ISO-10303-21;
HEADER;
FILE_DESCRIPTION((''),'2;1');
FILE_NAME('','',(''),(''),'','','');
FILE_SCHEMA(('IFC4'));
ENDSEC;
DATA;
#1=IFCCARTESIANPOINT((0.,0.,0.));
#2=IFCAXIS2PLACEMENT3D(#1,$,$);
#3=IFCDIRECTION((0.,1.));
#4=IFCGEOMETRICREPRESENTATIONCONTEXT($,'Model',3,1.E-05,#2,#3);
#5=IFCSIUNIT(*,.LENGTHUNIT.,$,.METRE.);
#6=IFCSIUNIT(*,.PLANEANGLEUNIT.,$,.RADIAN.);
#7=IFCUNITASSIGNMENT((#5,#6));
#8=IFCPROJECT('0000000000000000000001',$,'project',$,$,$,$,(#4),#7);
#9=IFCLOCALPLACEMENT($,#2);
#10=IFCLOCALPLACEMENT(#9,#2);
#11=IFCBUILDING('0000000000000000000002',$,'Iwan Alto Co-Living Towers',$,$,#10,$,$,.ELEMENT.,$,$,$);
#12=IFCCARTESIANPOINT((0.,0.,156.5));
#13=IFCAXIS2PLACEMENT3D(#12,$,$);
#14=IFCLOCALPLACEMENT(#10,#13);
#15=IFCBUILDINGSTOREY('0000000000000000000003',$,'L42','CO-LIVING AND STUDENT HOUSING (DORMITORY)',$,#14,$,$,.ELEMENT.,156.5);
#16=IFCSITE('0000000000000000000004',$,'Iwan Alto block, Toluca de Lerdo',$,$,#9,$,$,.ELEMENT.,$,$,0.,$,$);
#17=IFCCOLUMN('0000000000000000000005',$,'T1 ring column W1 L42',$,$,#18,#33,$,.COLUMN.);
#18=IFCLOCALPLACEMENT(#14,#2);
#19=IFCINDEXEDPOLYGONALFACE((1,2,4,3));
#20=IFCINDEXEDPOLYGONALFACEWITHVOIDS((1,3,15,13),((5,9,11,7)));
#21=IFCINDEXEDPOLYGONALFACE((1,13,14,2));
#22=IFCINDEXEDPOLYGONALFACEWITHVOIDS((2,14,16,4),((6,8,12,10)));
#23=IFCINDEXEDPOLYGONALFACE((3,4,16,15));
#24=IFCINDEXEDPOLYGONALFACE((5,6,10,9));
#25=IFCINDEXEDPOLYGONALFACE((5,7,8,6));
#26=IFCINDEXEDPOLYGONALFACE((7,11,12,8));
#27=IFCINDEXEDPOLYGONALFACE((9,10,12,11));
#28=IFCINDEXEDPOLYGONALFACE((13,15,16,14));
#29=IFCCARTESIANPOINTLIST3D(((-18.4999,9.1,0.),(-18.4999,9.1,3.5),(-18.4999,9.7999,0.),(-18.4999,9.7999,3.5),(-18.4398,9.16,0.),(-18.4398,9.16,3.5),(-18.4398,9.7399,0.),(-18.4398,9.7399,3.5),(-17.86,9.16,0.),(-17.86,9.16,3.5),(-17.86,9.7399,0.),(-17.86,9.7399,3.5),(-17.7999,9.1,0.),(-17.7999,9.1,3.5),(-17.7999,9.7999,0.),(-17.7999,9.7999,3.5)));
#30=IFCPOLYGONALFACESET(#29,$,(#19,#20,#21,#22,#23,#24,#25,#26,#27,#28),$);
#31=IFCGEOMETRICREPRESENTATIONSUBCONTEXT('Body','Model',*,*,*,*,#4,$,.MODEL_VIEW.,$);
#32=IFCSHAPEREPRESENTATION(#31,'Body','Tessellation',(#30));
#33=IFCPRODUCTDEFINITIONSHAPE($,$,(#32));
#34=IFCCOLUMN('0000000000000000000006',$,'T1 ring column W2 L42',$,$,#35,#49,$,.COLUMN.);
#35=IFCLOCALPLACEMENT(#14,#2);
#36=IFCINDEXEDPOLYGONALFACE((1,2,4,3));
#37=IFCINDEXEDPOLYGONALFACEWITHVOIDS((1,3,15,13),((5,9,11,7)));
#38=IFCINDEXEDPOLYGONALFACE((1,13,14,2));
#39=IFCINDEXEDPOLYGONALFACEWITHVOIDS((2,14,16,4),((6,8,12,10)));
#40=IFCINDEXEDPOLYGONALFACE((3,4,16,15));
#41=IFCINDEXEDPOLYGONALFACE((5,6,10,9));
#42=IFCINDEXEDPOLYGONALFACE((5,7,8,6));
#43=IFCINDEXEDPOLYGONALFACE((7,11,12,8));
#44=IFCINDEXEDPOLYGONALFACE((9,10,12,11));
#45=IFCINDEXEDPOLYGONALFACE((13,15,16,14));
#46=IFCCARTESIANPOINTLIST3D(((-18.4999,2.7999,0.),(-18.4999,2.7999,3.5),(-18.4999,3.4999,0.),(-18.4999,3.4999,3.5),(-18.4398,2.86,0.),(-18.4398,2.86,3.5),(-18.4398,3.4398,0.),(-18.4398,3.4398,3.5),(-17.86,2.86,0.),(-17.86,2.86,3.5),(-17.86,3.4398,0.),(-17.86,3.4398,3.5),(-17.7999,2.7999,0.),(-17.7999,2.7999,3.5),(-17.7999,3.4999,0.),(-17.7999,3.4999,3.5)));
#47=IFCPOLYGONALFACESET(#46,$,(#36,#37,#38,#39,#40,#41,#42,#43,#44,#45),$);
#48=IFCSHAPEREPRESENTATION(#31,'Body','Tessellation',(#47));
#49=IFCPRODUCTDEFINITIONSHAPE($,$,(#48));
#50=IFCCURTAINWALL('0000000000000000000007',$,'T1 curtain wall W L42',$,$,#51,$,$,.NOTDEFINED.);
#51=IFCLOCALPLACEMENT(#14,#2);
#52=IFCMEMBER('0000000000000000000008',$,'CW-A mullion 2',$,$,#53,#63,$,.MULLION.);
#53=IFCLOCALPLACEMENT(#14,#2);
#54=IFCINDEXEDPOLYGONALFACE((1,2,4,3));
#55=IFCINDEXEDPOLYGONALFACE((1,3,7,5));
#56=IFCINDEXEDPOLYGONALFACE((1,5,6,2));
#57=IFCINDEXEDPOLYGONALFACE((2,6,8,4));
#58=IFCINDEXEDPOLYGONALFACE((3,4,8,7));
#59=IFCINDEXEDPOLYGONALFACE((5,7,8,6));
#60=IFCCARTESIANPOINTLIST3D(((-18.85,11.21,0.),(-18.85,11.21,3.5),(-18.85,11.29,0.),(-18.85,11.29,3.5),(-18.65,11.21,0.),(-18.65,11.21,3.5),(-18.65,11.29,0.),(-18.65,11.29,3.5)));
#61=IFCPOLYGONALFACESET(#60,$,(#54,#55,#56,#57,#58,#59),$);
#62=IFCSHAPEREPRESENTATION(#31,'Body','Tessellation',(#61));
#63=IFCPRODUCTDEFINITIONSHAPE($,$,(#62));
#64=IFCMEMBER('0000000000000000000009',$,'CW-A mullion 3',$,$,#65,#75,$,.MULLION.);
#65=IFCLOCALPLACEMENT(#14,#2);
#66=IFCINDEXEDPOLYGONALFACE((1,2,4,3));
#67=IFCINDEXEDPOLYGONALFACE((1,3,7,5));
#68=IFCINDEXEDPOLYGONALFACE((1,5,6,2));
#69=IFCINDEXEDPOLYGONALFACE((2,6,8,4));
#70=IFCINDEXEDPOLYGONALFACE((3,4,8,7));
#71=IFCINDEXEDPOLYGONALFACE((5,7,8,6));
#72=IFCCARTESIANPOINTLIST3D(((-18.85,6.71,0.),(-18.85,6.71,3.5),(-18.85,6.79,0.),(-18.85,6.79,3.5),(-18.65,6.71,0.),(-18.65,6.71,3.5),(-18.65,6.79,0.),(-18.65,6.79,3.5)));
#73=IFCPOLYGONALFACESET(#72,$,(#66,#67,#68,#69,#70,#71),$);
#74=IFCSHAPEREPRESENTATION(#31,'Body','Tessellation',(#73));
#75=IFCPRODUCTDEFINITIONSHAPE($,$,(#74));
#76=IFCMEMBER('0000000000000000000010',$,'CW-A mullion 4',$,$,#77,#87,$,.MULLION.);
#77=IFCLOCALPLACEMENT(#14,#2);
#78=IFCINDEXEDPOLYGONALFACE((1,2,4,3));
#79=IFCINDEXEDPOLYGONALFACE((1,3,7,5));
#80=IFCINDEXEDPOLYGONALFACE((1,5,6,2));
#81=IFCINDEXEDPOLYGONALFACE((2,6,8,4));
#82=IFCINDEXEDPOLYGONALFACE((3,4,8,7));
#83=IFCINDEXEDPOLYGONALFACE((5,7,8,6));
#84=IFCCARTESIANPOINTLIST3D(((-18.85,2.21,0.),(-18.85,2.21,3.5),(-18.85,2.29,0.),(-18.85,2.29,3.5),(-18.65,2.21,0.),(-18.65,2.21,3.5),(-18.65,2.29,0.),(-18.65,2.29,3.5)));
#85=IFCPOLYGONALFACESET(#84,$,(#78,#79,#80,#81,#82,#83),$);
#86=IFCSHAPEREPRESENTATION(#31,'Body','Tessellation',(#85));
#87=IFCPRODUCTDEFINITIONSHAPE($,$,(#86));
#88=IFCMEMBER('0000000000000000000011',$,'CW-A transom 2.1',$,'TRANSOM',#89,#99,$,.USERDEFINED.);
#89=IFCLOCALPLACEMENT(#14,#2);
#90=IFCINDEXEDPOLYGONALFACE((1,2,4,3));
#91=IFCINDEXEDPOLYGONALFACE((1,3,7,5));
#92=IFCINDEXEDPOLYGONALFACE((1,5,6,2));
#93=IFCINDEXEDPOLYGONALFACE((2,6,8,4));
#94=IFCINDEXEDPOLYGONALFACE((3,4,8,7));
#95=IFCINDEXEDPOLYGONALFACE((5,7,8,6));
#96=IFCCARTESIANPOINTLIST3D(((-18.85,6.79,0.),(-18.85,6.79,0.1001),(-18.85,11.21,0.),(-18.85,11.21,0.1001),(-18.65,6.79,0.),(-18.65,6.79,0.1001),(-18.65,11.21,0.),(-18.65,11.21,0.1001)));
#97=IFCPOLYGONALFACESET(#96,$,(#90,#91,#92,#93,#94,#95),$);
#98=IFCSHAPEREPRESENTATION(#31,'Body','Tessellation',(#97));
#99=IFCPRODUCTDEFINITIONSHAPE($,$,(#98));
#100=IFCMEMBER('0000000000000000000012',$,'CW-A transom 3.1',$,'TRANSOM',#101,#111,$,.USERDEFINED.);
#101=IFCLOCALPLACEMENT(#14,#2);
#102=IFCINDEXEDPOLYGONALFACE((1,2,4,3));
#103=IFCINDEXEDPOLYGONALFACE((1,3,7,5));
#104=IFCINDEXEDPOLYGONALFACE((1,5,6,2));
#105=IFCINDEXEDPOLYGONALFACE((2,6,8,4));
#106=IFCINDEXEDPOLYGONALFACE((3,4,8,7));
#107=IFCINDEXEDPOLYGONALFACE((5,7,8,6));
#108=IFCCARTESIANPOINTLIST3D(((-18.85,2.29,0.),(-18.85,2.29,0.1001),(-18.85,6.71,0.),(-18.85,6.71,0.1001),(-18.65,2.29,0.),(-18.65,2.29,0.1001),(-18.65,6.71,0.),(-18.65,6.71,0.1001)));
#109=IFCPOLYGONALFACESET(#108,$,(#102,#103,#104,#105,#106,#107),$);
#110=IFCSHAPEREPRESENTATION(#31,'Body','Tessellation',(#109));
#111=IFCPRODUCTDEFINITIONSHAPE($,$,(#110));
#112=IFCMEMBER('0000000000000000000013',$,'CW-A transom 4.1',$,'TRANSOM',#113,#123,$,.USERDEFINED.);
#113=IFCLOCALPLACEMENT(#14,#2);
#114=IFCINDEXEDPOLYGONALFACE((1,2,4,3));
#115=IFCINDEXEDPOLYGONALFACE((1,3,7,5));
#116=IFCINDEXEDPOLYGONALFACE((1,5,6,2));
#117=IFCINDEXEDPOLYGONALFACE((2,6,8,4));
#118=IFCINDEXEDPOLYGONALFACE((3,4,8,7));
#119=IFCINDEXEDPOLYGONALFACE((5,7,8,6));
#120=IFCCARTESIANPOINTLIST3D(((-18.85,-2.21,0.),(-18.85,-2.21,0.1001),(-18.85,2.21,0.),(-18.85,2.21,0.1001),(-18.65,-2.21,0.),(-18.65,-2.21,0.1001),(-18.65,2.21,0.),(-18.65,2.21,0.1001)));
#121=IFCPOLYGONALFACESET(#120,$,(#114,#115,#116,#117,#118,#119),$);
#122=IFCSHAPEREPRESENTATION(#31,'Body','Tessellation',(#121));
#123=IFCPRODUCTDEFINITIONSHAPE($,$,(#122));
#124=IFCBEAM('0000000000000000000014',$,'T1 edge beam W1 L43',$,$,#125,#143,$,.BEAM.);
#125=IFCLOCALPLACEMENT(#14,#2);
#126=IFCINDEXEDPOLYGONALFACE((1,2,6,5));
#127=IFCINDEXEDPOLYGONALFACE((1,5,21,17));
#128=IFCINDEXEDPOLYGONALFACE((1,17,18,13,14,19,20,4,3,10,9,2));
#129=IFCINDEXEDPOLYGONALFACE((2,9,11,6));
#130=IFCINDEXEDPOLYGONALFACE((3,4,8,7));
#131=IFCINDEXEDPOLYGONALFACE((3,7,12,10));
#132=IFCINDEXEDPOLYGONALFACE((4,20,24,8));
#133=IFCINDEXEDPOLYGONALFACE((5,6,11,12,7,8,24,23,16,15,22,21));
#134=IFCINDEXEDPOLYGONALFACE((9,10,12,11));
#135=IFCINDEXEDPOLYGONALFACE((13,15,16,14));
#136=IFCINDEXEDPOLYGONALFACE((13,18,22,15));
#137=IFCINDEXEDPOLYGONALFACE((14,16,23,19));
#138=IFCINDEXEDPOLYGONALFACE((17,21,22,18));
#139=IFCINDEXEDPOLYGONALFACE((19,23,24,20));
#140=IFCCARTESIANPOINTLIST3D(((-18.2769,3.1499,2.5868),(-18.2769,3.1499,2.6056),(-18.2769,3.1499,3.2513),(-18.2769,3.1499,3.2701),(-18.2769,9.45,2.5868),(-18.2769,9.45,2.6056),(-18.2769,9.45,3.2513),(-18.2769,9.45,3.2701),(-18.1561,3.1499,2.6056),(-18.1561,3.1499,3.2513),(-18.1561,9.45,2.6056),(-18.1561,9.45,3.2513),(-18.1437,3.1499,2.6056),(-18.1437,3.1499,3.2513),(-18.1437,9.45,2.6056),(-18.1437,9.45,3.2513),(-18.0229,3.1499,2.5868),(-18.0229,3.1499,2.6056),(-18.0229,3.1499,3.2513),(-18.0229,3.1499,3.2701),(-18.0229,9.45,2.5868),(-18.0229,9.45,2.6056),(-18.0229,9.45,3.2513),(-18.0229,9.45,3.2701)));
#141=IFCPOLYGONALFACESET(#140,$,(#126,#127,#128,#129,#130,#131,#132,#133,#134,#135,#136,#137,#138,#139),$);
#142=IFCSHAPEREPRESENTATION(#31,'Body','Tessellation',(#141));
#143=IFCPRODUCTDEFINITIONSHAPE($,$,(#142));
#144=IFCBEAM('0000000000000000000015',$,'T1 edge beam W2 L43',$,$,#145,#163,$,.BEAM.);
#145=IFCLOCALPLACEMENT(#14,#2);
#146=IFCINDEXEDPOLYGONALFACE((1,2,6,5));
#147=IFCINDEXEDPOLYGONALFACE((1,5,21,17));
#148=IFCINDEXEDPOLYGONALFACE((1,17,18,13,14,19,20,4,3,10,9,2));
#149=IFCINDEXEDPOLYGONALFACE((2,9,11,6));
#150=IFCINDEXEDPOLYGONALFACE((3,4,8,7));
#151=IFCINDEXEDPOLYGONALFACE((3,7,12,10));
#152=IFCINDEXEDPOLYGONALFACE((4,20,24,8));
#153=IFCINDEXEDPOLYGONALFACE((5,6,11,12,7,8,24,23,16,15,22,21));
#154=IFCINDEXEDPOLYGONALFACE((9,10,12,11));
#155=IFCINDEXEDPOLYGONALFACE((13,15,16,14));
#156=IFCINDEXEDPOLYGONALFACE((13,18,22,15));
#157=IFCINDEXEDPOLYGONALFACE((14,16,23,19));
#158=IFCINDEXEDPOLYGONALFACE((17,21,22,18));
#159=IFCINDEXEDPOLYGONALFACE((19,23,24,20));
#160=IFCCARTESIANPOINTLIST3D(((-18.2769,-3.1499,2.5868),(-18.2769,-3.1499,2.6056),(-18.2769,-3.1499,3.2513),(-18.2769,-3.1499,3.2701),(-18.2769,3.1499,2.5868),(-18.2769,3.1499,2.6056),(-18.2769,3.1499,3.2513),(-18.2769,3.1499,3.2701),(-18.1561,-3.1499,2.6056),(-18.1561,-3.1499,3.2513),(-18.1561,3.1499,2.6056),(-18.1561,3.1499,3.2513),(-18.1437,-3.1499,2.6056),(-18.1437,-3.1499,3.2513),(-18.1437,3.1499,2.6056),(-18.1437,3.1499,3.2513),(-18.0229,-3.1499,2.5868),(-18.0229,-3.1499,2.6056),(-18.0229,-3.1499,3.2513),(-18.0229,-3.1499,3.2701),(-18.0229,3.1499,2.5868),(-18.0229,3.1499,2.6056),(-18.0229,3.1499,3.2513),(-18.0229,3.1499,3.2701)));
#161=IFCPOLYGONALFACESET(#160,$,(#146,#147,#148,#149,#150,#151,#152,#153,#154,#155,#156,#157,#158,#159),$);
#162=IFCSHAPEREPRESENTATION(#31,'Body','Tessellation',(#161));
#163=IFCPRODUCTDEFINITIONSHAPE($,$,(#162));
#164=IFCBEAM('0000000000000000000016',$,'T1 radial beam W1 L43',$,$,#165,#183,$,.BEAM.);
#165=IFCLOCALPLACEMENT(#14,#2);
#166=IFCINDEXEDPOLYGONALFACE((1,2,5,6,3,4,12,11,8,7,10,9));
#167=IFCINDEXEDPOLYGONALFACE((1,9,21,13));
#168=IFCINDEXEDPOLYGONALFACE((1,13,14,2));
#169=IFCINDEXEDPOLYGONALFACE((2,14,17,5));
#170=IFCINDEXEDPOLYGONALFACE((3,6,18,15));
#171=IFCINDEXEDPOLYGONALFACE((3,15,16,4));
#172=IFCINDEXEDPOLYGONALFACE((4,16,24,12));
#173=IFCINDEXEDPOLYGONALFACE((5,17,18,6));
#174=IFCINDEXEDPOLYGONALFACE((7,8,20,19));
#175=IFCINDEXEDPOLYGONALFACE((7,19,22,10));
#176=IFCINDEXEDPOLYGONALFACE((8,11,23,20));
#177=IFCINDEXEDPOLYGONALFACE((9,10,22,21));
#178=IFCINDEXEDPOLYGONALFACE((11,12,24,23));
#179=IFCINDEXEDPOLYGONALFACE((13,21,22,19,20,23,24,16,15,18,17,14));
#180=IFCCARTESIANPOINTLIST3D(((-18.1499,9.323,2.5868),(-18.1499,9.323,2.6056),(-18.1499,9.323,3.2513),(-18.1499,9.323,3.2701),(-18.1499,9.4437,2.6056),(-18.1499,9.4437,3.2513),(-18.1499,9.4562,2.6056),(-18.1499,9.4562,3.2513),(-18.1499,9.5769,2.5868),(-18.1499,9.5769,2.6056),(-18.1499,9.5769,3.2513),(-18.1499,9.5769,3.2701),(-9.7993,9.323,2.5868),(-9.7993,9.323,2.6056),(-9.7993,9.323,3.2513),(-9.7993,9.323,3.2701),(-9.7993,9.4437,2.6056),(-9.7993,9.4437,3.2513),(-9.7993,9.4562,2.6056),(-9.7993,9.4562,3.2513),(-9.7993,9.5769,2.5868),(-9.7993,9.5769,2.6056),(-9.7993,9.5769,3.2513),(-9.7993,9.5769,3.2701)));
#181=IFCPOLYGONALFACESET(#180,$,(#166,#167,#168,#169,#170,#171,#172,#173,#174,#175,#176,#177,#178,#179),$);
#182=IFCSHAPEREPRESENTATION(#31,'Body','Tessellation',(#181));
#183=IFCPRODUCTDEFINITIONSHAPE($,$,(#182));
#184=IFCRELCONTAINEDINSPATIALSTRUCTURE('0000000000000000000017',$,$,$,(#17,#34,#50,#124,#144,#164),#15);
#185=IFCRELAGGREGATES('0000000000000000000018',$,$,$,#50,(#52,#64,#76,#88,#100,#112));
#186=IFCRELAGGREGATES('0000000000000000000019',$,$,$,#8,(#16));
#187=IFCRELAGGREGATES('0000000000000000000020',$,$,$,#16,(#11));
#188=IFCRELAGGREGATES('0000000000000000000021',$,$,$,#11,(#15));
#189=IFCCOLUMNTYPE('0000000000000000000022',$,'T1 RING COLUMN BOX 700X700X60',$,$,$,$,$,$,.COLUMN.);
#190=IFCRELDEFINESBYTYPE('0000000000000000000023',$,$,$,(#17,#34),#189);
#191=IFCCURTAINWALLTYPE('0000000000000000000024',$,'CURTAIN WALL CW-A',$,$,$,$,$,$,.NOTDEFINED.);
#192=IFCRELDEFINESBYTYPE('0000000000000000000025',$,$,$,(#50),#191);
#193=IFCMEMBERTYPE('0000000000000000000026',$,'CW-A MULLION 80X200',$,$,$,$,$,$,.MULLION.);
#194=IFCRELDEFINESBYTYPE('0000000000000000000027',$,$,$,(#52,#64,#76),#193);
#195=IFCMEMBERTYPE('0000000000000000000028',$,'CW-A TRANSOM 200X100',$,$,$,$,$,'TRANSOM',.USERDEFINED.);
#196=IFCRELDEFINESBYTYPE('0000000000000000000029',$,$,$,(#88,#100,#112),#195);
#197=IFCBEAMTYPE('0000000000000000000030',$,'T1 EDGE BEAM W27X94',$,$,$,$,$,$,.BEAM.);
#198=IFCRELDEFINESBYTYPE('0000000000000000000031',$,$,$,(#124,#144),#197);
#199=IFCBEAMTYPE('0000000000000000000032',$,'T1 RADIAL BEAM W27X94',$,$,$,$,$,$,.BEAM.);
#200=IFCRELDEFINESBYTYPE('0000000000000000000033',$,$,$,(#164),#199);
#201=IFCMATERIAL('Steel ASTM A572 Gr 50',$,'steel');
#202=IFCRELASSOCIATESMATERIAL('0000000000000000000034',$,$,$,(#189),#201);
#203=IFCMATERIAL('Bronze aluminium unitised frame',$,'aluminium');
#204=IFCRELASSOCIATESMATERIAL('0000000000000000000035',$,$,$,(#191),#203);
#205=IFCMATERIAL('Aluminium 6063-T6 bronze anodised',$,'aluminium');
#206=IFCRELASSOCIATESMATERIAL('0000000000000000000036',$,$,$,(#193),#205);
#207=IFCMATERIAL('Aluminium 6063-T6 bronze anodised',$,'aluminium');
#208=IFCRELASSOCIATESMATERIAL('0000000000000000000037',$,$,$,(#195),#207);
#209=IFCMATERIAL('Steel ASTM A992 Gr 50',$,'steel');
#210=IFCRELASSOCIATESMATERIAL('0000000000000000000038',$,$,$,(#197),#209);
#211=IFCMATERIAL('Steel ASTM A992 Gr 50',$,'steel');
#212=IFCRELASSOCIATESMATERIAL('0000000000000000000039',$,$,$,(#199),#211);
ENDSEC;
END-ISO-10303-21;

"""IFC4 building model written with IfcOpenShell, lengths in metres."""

from ifc_helpers import new_model, si_unit, direction, frame, origin, origin_2d, place, context, subcontext, project, spatial, rectangle, hollow_rectangle, i_section, extrude, material, material_profile, profile_set, type_object, element, aggregate, save


model = new_model("IFC4")

# Units and contexts
model_context = context("Model", 3, precision=1e-05, world=origin(), true_north=direction((0.0, 1.0)))
body_context = subcontext(model_context, "Body", "Model", "MODEL_VIEW")
ifc_project = project(units=[si_unit("LENGTHUNIT", "METRE"), si_unit("PLANEANGLEUNIT", "RADIAN")], contexts=[model_context])

# Site, building, storey
site_placement = place(None, origin())
site = spatial("IfcSite", under=ifc_project, at=site_placement, Name="Iwan Alto block, Toluca de Lerdo", CompositionType="ELEMENT", RefElevation=0.0)
building_placement = place(site_placement, origin())
building = spatial("IfcBuilding", under=site, at=building_placement, Name="Iwan Alto Co-Living Towers", CompositionType="ELEMENT")
storey_placement = place(building_placement, frame((0.0, 0.0, 156.5)))
storey = spatial("IfcBuildingStorey", under=building, at=storey_placement, Name="L42", Description="CO-LIVING AND STUDENT HOUSING (DORMITORY)", CompositionType="ELEMENT", Elevation=156.5)

# Columns
ifc_material_1 = material(Name="Steel ASTM A572 Gr 50", Category="steel")
ifc_material_profile_1 = material_profile(ifc_material_1, hollow_rectangle(XDim=0.7, YDim=0.7, WallThickness=0.0601, at=origin_2d()), Name="BOX 700X700X60")
ifc_profile_set_1 = profile_set([ifc_material_profile_1], Name="Steel ASTM A572 Gr 50")
column_type = type_object("IfcColumnType", Name="T1 RING COLUMN BOX 700X700X60", PredefinedType="COLUMN", material=ifc_profile_set_1)
for number, where, z_axis, x_axis, name in (
    (1, (-18.1499, 9.45, 0.0), (0.0, 0.0, 1.0), (1.0, 0.0, 0.0), "T1 ring column W1 L42"),
    (2, (-18.1499, 3.1499, 0.0), (0.0, 0.0, 1.0), (1.0, 0.0, 0.0), "T1 ring column W2 L42"),
):
    element("IfcColumn", number, at=place(storey_placement, frame(where, z_axis=z_axis, x_axis=x_axis)), inside=storey, type_object=column_type, Name=name, PredefinedType="COLUMN", context=body_context, shape_type="SweptSolid", body=[
        extrude(hollow_rectangle(XDim=0.7, YDim=0.7, WallThickness=0.0601, at=origin_2d()), origin(), (0.0, 0.0, 1.0), 3.5),
    ])

# Curtain wall, members
ifc_material_2 = material(Name="Bronze aluminium unitised frame", Category="aluminium")
curtain_wall_type = type_object("IfcCurtainWallType", Name="CURTAIN WALL CW-A", PredefinedType="NOTDEFINED", material=ifc_material_2)
curtain_wall_placement = place(storey_placement, origin())
curtain_wall = element("IfcCurtainWall", 3, at=curtain_wall_placement, inside=storey, type_object=curtain_wall_type, Name="T1 curtain wall W L42", PredefinedType="NOTDEFINED")
ifc_material_3 = material(Name="Aluminium 6063-T6 bronze anodised", Category="aluminium")
ifc_material_profile_2 = material_profile(ifc_material_3, rectangle(XDim=0.2, YDim=0.0801, at=origin_2d()), Name="AL 80X200")
ifc_profile_set_2 = profile_set([ifc_material_profile_2], Name="Aluminium 6063-T6 bronze anodised")
member_type_1 = type_object("IfcMemberType", Name="CW-A MULLION 80X200", PredefinedType="MULLION", material=ifc_profile_set_2)
member_1_placement = place(storey_placement, frame((-18.75, 11.25, 0.0), z_axis=(0.0, 0.0, 1.0), x_axis=(1.0, 0.0, 0.0)))
member_1 = element("IfcMember", 4, at=member_1_placement, type_object=member_type_1, Name="CW-A mullion 2", PredefinedType="MULLION", context=body_context, shape_type="SweptSolid", body=[
    extrude(rectangle(XDim=0.2, YDim=0.0801, at=origin_2d()), origin(), (0.0, 0.0, 1.0), 3.5),
])
member_2_placement = place(storey_placement, frame((-18.75, 6.75, 0.0), z_axis=(0.0, 0.0, 1.0), x_axis=(1.0, 0.0, 0.0)))
member_2 = element("IfcMember", 5, at=member_2_placement, type_object=member_type_1, Name="CW-A mullion 3", PredefinedType="MULLION", context=body_context, shape_type="SweptSolid", body=[
    extrude(rectangle(XDim=0.2, YDim=0.0801, at=origin_2d()), origin(), (0.0, 0.0, 1.0), 3.5),
])
member_3_placement = place(storey_placement, frame((-18.75, 2.25, 0.0), z_axis=(0.0, 0.0, 1.0), x_axis=(1.0, 0.0, 0.0)))
member_3 = element("IfcMember", 6, at=member_3_placement, type_object=member_type_1, Name="CW-A mullion 4", PredefinedType="MULLION", context=body_context, shape_type="SweptSolid", body=[
    extrude(rectangle(XDim=0.2, YDim=0.0801, at=origin_2d()), origin(), (0.0, 0.0, 1.0), 3.5),
])
ifc_material_4 = material(Name="Aluminium 6063-T6 bronze anodised", Category="aluminium")
ifc_material_profile_3 = material_profile(ifc_material_4, rectangle(XDim=0.2, YDim=0.1001, at=origin_2d()), Name="AL 200X100")
ifc_profile_set_3 = profile_set([ifc_material_profile_3], Name="Aluminium 6063-T6 bronze anodised")
member_type_2 = type_object("IfcMemberType", Name="CW-A TRANSOM 200X100", ElementType="TRANSOM", PredefinedType="USERDEFINED", material=ifc_profile_set_3)
member_4_placement = place(storey_placement, frame((-18.75, 11.21, 0.05), z_axis=(0.0, -1.0, 0.0), x_axis=(1.0, 0.0, 0.0)))
member_4 = element("IfcMember", 7, at=member_4_placement, type_object=member_type_2, Name="CW-A transom 2.1", ObjectType="TRANSOM", PredefinedType="USERDEFINED", context=body_context, shape_type="SweptSolid", body=[
    extrude(rectangle(XDim=0.2, YDim=0.1001, at=origin_2d()), origin(), (0.0, 0.0, 1.0), 4.4199),
])
member_5_placement = place(storey_placement, frame((-18.75, 6.71, 0.05), z_axis=(0.0, -1.0, 0.0), x_axis=(1.0, 0.0, 0.0)))
member_5 = element("IfcMember", 8, at=member_5_placement, type_object=member_type_2, Name="CW-A transom 3.1", ObjectType="TRANSOM", PredefinedType="USERDEFINED", context=body_context, shape_type="SweptSolid", body=[
    extrude(rectangle(XDim=0.2, YDim=0.1001, at=origin_2d()), origin(), (0.0, 0.0, 1.0), 4.4199),
])
member_6_placement = place(storey_placement, frame((-18.75, 2.21, 0.05), z_axis=(0.0, -1.0, 0.0), x_axis=(1.0, 0.0, 0.0)))
member_6 = element("IfcMember", 9, at=member_6_placement, type_object=member_type_2, Name="CW-A transom 4.1", ObjectType="TRANSOM", PredefinedType="USERDEFINED", context=body_context, shape_type="SweptSolid", body=[
    extrude(rectangle(XDim=0.2, YDim=0.1001, at=origin_2d()), origin(), (0.0, 0.0, 1.0), 4.4199),
])

# Beams
ifc_material_5 = material(Name="Steel ASTM A992 Gr 50", Category="steel")
ifc_material_profile_4 = material_profile(ifc_material_5, i_section(OverallWidth=0.2539, OverallDepth=0.6833, WebThickness=0.0125, FlangeThickness=0.0188, at=origin_2d()), Name="W27X94")
ifc_profile_set_4 = profile_set([ifc_material_profile_4], Name="Steel ASTM A992 Gr 50")
beam_type_1 = type_object("IfcBeamType", Name="T1 EDGE BEAM W27X94", PredefinedType="BEAM", material=ifc_profile_set_4)
beam_1_placement = place(storey_placement, frame((-18.1499, 9.45, 2.9285), z_axis=(0.0, -1.0, 0.0), x_axis=(1.0, 0.0, 0.0)))
element("IfcBeam", 10, at=beam_1_placement, inside=storey, type_object=beam_type_1, Name="T1 edge beam W1 L43", PredefinedType="BEAM", context=body_context, shape_type="SweptSolid", body=[
    extrude(i_section(OverallWidth=0.2539, OverallDepth=0.6833, WebThickness=0.0125, FlangeThickness=0.0188, at=origin_2d()), origin(), (0.0, 0.0, 1.0), 6.3),
])
beam_2_placement = place(storey_placement, frame((-18.1499, 3.1499, 2.9285), z_axis=(0.0, -1.0, 0.0), x_axis=(1.0, 0.0, 0.0)))
element("IfcBeam", 11, at=beam_2_placement, inside=storey, type_object=beam_type_1, Name="T1 edge beam W2 L43", PredefinedType="BEAM", context=body_context, shape_type="SweptSolid", body=[
    extrude(i_section(OverallWidth=0.2539, OverallDepth=0.6833, WebThickness=0.0125, FlangeThickness=0.0188, at=origin_2d()), origin(), (0.0, 0.0, 1.0), 6.2998),
])
ifc_material_6 = material(Name="Steel ASTM A992 Gr 50", Category="steel")
ifc_material_profile_5 = material_profile(ifc_material_6, i_section(OverallWidth=0.2539, OverallDepth=0.6833, WebThickness=0.0125, FlangeThickness=0.0188, at=origin_2d()), Name="W27X94")
ifc_profile_set_5 = profile_set([ifc_material_profile_5], Name="Steel ASTM A992 Gr 50")
beam_type_2 = type_object("IfcBeamType", Name="T1 RADIAL BEAM W27X94", PredefinedType="BEAM", material=ifc_profile_set_5)
for number, where, z_axis, x_axis, name in (
    (12, (-18.1499, 9.45, 2.9285), (1.0, 0.0, 0.0), (0.0, 1.0, 0.0), "T1 radial beam W1 L43"),
):
    element("IfcBeam", number, at=place(storey_placement, frame(where, z_axis=z_axis, x_axis=x_axis)), inside=storey, type_object=beam_type_2, Name=name, PredefinedType="BEAM", context=body_context, shape_type="SweptSolid", body=[
        extrude(i_section(OverallWidth=0.2539, OverallDepth=0.6833, WebThickness=0.0125, FlangeThickness=0.0188, at=origin_2d()), origin(), (0.0, 0.0, 1.0), 8.3506),
    ])

aggregate(curtain_wall, [member_1, member_2, member_3, member_4, member_5, member_6])

save(model, "model.ifc")
